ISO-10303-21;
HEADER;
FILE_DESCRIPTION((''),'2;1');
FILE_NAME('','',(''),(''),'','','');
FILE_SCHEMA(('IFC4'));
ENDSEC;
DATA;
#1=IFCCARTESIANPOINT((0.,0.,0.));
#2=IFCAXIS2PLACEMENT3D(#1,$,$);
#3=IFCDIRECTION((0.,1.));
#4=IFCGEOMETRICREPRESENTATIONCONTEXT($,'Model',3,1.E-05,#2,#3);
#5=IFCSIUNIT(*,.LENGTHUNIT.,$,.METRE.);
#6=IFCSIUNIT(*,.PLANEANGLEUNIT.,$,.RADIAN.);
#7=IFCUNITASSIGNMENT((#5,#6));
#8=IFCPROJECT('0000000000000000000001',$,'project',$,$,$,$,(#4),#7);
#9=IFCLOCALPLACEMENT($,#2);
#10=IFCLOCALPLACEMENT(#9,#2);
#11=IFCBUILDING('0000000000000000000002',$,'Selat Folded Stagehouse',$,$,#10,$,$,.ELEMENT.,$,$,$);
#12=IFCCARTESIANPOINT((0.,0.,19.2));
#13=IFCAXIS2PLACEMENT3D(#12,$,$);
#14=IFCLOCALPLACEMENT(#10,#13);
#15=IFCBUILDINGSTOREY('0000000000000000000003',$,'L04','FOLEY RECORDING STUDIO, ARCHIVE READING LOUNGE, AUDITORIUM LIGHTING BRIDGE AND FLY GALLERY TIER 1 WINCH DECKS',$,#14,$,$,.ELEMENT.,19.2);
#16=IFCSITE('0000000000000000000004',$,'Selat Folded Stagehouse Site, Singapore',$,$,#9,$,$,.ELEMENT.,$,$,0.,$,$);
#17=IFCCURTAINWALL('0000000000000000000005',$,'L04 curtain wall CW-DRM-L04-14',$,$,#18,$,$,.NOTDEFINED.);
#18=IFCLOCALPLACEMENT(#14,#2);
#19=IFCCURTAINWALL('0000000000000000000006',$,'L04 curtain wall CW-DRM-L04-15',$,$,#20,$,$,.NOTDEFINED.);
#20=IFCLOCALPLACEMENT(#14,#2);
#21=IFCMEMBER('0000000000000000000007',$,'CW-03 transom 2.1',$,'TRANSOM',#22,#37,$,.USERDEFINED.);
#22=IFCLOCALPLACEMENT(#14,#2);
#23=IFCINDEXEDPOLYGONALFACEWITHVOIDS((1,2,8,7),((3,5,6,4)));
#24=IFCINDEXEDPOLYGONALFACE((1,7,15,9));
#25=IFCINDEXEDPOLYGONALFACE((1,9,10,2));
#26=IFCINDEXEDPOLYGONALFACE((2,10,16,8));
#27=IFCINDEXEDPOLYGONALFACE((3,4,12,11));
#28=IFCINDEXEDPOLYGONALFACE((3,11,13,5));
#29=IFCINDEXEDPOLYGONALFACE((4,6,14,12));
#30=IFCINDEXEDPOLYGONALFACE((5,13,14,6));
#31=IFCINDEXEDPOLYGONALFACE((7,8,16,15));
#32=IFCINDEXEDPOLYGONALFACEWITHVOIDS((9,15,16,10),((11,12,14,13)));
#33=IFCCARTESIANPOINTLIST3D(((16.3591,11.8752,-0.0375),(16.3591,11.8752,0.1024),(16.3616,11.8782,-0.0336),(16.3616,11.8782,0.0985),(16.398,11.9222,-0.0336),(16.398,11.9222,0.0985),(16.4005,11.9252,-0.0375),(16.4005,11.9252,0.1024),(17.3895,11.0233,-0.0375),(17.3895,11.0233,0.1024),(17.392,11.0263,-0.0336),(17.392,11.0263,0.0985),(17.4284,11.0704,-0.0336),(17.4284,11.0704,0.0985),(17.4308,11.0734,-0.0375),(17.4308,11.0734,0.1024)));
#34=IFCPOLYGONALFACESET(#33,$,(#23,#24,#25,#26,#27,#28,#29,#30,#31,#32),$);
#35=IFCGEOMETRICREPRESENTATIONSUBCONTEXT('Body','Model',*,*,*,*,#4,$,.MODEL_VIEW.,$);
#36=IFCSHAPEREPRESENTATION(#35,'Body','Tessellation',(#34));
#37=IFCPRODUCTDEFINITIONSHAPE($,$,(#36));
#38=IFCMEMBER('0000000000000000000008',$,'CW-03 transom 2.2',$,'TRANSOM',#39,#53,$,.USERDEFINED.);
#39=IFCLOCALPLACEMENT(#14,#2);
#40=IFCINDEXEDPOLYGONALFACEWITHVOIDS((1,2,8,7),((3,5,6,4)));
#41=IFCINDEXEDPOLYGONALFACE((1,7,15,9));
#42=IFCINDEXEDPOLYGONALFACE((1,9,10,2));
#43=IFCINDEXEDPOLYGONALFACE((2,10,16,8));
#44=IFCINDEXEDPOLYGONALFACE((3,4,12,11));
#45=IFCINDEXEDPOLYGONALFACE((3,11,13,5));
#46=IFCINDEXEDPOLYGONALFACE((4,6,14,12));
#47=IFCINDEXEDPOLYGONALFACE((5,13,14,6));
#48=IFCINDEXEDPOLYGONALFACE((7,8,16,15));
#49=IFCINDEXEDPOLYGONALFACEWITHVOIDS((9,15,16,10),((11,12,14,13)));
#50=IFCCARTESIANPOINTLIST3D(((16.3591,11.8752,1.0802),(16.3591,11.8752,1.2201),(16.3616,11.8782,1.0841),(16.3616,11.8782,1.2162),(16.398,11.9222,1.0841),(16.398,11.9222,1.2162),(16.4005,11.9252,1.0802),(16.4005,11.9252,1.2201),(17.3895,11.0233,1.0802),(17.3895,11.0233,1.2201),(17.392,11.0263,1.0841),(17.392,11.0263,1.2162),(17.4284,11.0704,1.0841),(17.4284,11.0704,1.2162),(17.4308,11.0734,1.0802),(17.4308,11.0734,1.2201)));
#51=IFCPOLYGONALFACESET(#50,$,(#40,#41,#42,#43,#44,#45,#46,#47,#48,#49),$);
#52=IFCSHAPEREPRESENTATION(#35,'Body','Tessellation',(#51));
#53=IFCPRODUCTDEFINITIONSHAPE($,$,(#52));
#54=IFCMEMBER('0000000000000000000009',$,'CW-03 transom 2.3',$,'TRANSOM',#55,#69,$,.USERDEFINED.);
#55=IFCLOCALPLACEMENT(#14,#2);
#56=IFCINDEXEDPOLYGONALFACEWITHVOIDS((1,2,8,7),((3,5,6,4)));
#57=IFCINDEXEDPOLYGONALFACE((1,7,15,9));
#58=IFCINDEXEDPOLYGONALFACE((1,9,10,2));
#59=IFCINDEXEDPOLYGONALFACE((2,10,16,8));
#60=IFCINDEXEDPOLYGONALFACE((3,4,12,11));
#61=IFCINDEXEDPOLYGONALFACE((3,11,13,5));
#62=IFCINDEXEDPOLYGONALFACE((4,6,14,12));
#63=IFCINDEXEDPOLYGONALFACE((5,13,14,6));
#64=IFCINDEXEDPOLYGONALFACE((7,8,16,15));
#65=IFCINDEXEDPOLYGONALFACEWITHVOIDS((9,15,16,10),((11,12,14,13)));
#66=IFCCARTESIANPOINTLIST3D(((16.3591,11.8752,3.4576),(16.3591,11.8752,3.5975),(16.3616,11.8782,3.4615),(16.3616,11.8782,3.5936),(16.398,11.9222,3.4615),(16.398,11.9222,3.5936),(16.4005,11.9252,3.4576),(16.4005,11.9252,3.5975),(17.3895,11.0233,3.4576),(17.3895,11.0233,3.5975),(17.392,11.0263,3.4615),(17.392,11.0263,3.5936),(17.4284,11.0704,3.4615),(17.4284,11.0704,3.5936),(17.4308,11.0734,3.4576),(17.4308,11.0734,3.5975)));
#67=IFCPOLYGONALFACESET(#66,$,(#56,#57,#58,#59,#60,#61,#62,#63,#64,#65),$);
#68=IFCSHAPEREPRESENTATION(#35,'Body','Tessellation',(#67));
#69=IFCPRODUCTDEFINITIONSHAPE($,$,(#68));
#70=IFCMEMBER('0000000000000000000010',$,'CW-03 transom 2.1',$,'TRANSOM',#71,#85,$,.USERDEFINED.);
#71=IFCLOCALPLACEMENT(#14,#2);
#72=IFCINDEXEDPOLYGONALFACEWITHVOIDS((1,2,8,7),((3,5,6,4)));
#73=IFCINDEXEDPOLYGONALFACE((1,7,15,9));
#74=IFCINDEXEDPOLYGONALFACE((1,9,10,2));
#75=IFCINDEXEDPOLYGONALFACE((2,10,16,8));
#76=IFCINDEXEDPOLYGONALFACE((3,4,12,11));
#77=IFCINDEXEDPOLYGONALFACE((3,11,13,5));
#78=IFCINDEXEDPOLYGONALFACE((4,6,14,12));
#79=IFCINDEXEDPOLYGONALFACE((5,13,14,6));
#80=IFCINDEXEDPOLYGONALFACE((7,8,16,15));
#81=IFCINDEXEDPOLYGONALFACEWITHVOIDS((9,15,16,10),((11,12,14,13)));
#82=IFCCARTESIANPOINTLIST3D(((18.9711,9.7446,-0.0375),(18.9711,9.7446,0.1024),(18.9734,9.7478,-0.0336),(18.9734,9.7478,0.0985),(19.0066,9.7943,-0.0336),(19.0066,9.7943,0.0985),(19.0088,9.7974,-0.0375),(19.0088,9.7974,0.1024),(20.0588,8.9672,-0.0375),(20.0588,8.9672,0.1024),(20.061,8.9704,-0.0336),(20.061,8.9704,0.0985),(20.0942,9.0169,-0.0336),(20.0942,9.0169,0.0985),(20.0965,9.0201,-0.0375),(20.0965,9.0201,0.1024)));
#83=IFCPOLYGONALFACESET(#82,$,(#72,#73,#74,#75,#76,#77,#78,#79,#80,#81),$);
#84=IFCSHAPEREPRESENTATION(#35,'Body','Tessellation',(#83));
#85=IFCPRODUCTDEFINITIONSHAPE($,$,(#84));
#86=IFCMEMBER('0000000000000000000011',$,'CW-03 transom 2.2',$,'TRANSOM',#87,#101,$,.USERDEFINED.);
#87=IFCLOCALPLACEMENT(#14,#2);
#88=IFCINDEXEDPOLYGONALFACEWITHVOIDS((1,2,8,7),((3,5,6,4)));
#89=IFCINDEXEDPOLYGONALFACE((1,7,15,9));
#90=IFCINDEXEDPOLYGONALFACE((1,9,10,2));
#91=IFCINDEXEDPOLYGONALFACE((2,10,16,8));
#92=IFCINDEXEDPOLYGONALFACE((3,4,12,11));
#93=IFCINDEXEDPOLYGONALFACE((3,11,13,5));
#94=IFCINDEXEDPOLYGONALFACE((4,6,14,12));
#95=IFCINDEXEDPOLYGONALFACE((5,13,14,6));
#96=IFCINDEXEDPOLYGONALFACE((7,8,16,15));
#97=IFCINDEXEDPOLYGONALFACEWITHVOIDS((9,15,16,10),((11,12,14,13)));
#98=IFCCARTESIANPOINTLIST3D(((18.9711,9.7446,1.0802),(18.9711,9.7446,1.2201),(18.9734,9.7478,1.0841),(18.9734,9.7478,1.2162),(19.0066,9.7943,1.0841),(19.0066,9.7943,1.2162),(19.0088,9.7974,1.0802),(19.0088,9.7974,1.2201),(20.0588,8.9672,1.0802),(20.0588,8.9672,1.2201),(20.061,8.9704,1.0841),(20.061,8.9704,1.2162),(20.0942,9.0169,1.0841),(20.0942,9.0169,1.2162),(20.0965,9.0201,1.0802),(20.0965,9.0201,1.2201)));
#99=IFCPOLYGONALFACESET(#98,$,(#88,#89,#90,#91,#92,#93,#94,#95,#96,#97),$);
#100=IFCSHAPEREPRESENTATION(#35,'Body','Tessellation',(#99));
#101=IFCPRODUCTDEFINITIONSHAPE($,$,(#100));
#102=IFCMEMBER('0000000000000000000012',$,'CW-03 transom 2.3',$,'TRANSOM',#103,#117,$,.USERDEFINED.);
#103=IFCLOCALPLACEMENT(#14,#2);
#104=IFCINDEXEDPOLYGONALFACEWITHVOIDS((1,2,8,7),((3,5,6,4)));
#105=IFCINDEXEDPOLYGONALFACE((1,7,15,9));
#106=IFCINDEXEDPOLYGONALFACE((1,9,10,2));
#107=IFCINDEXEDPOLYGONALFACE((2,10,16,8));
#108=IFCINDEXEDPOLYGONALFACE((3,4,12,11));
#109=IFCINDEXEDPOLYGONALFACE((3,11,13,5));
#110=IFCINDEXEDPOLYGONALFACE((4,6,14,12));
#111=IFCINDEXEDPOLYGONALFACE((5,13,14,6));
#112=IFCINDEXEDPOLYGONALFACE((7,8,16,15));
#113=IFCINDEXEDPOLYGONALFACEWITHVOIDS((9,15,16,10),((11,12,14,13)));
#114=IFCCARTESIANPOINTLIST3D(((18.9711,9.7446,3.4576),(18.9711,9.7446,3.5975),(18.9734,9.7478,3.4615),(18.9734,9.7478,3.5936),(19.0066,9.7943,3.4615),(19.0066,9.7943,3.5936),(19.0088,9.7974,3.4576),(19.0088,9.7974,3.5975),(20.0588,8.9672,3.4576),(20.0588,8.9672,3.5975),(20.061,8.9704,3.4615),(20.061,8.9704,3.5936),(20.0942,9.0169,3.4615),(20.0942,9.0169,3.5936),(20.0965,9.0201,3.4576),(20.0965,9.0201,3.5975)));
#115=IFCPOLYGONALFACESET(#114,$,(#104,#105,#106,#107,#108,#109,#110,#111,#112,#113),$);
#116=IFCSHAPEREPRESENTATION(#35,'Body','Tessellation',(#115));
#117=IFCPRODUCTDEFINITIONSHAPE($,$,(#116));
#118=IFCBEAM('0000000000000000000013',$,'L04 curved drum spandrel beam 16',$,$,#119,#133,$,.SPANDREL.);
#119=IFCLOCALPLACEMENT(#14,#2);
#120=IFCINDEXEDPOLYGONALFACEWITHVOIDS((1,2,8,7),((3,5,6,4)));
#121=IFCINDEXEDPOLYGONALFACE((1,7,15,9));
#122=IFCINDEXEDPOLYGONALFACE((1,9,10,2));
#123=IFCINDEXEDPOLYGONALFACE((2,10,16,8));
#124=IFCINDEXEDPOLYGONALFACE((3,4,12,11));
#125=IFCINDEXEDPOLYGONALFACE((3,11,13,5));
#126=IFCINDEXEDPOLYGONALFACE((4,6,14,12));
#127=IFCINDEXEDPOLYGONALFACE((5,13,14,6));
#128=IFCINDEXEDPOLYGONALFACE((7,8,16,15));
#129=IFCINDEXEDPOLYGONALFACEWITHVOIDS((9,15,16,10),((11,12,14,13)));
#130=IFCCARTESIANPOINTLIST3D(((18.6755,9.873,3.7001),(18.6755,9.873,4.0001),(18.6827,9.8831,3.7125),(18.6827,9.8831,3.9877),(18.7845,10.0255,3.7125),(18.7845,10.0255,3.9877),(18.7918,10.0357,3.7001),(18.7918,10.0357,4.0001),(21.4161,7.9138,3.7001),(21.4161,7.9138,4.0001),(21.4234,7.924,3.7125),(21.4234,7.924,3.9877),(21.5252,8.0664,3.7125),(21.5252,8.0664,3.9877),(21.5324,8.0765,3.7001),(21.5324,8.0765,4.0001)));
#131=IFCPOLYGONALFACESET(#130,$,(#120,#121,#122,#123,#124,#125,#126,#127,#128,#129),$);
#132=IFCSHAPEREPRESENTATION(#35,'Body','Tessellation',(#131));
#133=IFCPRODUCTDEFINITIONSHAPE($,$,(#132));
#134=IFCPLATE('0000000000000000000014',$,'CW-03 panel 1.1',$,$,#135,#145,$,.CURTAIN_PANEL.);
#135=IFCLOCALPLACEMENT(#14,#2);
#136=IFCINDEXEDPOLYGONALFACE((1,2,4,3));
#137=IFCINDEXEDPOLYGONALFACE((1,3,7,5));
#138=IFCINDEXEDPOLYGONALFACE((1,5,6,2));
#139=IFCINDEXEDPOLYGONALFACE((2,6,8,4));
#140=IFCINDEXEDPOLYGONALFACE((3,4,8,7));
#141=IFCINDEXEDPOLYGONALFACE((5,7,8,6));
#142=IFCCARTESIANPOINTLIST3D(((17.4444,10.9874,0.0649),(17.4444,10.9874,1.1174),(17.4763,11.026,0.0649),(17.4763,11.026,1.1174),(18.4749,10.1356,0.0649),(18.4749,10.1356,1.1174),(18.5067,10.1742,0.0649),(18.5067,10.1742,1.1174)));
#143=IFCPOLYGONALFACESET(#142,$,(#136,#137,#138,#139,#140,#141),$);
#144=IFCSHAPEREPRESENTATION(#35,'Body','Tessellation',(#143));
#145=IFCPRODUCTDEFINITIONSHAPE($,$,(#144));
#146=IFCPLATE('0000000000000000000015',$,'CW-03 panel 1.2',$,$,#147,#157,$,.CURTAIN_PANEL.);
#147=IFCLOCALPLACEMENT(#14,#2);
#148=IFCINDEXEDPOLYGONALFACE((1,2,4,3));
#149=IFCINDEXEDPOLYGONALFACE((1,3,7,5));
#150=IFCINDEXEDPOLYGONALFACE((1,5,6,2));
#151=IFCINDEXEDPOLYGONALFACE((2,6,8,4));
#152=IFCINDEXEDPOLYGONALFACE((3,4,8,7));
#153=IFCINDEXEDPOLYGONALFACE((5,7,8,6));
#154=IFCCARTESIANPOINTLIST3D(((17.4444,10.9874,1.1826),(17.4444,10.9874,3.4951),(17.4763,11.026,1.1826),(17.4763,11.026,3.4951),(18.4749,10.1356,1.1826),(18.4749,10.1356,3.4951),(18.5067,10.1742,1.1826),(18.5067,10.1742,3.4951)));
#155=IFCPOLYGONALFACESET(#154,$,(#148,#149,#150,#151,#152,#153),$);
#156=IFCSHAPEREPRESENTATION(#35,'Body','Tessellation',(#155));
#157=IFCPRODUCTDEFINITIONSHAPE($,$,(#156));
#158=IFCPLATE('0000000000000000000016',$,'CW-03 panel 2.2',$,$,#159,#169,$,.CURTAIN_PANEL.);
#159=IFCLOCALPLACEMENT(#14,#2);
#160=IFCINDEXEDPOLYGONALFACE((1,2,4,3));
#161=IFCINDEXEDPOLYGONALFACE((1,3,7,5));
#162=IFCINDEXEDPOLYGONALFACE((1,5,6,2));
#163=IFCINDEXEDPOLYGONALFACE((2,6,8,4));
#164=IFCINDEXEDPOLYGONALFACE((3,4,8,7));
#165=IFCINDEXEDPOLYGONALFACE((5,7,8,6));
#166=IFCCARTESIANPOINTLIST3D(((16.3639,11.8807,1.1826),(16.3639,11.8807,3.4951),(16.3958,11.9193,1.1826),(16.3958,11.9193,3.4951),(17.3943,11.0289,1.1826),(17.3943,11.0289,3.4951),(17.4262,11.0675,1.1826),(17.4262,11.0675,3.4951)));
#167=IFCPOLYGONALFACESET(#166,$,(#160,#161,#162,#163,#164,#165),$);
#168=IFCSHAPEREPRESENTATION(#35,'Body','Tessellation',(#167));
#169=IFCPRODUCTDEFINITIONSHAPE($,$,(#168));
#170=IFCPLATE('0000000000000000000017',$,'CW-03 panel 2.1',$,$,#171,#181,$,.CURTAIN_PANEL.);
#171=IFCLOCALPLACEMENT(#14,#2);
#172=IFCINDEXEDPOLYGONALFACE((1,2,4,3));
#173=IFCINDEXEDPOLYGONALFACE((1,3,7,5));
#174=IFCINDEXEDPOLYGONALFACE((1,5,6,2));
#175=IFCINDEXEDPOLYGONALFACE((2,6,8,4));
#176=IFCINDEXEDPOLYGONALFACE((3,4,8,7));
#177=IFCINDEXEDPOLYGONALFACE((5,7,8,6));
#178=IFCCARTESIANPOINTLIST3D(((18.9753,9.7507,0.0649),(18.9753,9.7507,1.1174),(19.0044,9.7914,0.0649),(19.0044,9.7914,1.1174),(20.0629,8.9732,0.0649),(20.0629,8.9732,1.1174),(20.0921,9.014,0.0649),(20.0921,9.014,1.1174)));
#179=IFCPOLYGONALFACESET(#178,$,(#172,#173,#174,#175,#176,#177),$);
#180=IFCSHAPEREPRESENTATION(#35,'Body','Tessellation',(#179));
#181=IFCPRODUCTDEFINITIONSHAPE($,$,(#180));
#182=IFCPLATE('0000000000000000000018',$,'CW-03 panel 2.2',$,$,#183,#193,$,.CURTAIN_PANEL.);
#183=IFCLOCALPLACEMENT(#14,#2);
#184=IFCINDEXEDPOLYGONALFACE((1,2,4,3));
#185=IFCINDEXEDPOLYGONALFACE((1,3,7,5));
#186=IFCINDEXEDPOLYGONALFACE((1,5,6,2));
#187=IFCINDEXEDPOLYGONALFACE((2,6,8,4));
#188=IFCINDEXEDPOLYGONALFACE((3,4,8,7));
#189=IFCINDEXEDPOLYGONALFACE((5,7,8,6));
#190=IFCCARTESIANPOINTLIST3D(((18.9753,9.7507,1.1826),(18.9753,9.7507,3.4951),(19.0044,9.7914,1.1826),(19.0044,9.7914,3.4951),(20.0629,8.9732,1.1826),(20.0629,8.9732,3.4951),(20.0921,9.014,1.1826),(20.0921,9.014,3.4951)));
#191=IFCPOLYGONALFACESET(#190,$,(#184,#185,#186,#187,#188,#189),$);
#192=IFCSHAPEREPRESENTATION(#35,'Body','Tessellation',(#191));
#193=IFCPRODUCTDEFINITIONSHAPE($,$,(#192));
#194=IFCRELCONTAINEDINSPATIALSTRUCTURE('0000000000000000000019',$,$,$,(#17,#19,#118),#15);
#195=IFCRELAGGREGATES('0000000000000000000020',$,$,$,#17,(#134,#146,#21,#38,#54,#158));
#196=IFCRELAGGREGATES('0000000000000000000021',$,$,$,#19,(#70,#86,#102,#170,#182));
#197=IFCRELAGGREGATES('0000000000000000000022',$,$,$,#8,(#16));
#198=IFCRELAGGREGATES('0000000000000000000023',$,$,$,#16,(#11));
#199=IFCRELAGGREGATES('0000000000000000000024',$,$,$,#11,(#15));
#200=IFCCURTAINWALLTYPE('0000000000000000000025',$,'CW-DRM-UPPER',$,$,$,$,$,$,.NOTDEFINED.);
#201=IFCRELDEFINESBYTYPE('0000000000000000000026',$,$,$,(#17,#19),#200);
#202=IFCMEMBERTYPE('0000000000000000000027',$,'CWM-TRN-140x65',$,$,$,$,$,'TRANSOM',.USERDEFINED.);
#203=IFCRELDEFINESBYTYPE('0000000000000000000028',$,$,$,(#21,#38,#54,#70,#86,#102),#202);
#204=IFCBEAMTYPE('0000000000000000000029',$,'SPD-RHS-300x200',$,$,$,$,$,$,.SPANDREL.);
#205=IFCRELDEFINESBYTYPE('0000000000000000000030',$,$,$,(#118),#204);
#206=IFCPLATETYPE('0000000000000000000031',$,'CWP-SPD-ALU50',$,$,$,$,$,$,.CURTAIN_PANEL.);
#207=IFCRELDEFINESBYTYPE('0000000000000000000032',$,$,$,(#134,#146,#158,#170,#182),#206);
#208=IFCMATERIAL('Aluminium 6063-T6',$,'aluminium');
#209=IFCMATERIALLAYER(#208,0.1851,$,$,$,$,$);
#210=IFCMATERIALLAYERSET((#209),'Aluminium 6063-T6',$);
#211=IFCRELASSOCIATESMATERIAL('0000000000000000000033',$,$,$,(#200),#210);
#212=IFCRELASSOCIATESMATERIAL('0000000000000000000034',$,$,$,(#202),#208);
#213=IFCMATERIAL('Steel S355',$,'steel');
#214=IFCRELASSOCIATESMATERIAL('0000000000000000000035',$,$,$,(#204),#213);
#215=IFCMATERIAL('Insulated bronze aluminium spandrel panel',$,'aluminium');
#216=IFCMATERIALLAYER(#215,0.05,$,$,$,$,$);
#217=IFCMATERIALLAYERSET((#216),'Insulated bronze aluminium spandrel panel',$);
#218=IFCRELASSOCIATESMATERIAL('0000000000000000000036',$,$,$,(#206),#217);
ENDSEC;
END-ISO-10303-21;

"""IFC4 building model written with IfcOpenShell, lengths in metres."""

from ifc_helpers import new_model, si_unit, direction, frame, origin, origin_2d, place, context, subcontext, project, spatial, rectangle, hollow_rectangle, extrude, material, layer, layer_set, material_profile, profile_set, type_object, element, aggregate, save


model = new_model("IFC4")

# Units and contexts
model_context = context("Model", 3, precision=1e-05, world=origin(), true_north=direction((0.0, 1.0)))
body_context = subcontext(model_context, "Body", "Model", "MODEL_VIEW")
ifc_project = project(units=[si_unit("LENGTHUNIT", "METRE"), si_unit("PLANEANGLEUNIT", "RADIAN")], contexts=[model_context])

# Site, building, storey
site_placement = place(None, origin())
site = spatial("IfcSite", under=ifc_project, at=site_placement, Name="Selat Folded Stagehouse Site, Singapore", CompositionType="ELEMENT", RefElevation=0.0)
building_placement = place(site_placement, origin())
building = spatial("IfcBuilding", under=site, at=building_placement, Name="Selat Folded Stagehouse", CompositionType="ELEMENT")
storey_placement = place(building_placement, frame((0.0, 0.0, 19.2)))
storey = spatial("IfcBuildingStorey", under=building, at=storey_placement, Name="L04", Description="FOLEY RECORDING STUDIO, ARCHIVE READING LOUNGE, AUDITORIUM LIGHTING BRIDGE AND FLY GALLERY TIER 1 WINCH DECKS", CompositionType="ELEMENT", Elevation=19.2)

# Shared definitions
ifc_material_1 = material(Name="Steel S355", Category="steel")

# Curtain walls
ifc_material_2 = material(Name="Aluminium 6063-T6", Category="aluminium")
ifc_layer_1 = layer(ifc_material_2, 0.1851)
ifc_layer_set_1 = layer_set([ifc_layer_1], Name="Aluminium 6063-T6")
curtain_wall_type = type_object("IfcCurtainWallType", Name="CW-DRM-UPPER", PredefinedType="NOTDEFINED", material=ifc_layer_set_1)
curtain_wall_1_placement = place(storey_placement, origin())
curtain_wall_1 = element("IfcCurtainWall", 1, at=curtain_wall_1_placement, inside=storey, type_object=curtain_wall_type, Name="L04 curtain wall CW-DRM-L04-14", PredefinedType="NOTDEFINED")
curtain_wall_2_placement = place(storey_placement, origin())
curtain_wall_2 = element("IfcCurtainWall", 2, at=curtain_wall_2_placement, inside=storey, type_object=curtain_wall_type, Name="L04 curtain wall CW-DRM-L04-15", PredefinedType="NOTDEFINED")

# Members
ifc_material_profile_1 = material_profile(ifc_material_2, hollow_rectangle(XDim=0.0649, YDim=0.1399, WallThickness=0.0039, at=origin_2d()), Name="ALU 140x65x4.0")
ifc_profile_set_1 = profile_set([ifc_material_profile_1], Name="Aluminium 6063-T6")
member_type_1 = type_object("IfcMemberType", Name="CWM-TRN-140x65", ElementType="TRANSOM", PredefinedType="USERDEFINED", material=ifc_profile_set_1)
member_1_placement = place(storey_placement, frame((17.4102, 11.0483, 0.0325), z_axis=(-0.7707, 0.637198, 0.0), x_axis=(-0.637198, -0.7707, 0.0)))
member_1 = element("IfcMember", 3, at=member_1_placement, type_object=member_type_1, Name="CW-03 transom 2.1", ObjectType="TRANSOM", PredefinedType="USERDEFINED", context=body_context, shape_type="SweptSolid", body=[
    extrude(hollow_rectangle(XDim=0.0649, YDim=0.1399, WallThickness=0.0039, at=origin_2d()), origin(), (0.0, 0.0, 1.0), 1.3369),
])
member_2_placement = place(storey_placement, frame((17.4102, 11.0483, 1.1501), z_axis=(-0.7707, 0.637198, 0.0), x_axis=(-0.637198, -0.7707, 0.0)))
member_2 = element("IfcMember", 4, at=member_2_placement, type_object=member_type_1, Name="CW-03 transom 2.2", ObjectType="TRANSOM", PredefinedType="USERDEFINED", context=body_context, shape_type="SweptSolid", body=[
    extrude(hollow_rectangle(XDim=0.0649, YDim=0.1399, WallThickness=0.0039, at=origin_2d()), origin(), (0.0, 0.0, 1.0), 1.3369),
])
member_3_placement = place(storey_placement, frame((17.4102, 11.0483, 3.5276), z_axis=(-0.7707, 0.637198, 0.0), x_axis=(-0.637198, -0.7707, 0.0)))
member_3 = element("IfcMember", 5, at=member_3_placement, type_object=member_type_1, Name="CW-03 transom 2.3", ObjectType="TRANSOM", PredefinedType="USERDEFINED", context=body_context, shape_type="SweptSolid", body=[
    extrude(hollow_rectangle(XDim=0.0649, YDim=0.1399, WallThickness=0.0039, at=origin_2d()), origin(), (0.0, 0.0, 1.0), 1.3369),
])
member_4_placement = place(storey_placement, frame((20.0776, 8.9937, 0.0325), z_axis=(-0.813573, 0.581463, 0.0), x_axis=(-0.581463, -0.813573, 0.0)))
member_4 = element("IfcMember", 6, at=member_4_placement, type_object=member_type_1, Name="CW-03 transom 2.1", ObjectType="TRANSOM", PredefinedType="USERDEFINED", context=body_context, shape_type="SweptSolid", body=[
    extrude(hollow_rectangle(XDim=0.0649, YDim=0.1399, WallThickness=0.0039, at=origin_2d()), origin(), (0.0, 0.0, 1.0), 1.3369),
])
member_5_placement = place(storey_placement, frame((20.0776, 8.9937, 1.1501), z_axis=(-0.813573, 0.581463, 0.0), x_axis=(-0.581463, -0.813573, 0.0)))
member_5 = element("IfcMember", 7, at=member_5_placement, type_object=member_type_1, Name="CW-03 transom 2.2", ObjectType="TRANSOM", PredefinedType="USERDEFINED", context=body_context, shape_type="SweptSolid", body=[
    extrude(hollow_rectangle(XDim=0.0649, YDim=0.1399, WallThickness=0.0039, at=origin_2d()), origin(), (0.0, 0.0, 1.0), 1.3369),
])
member_6_placement = place(storey_placement, frame((20.0776, 8.9937, 3.5276), z_axis=(-0.813573, 0.581463, 0.0), x_axis=(-0.581463, -0.813573, 0.0)))
member_6 = element("IfcMember", 8, at=member_6_placement, type_object=member_type_1, Name="CW-03 transom 2.3", ObjectType="TRANSOM", PredefinedType="USERDEFINED", context=body_context, shape_type="SweptSolid", body=[
    extrude(hollow_rectangle(XDim=0.0649, YDim=0.1399, WallThickness=0.0039, at=origin_2d()), origin(), (0.0, 0.0, 1.0), 1.3369),
])

# Beam
ifc_material_profile_2 = material_profile(ifc_material_1, hollow_rectangle(XDim=0.2, YDim=0.3, WallThickness=0.0125, at=origin_2d()), Name="RHS 300x200x12.5")
ifc_profile_set_2 = profile_set([ifc_material_profile_2], Name="Steel S355")
beam_type = type_object("IfcBeamType", Name="SPD-RHS-300x200", PredefinedType="SPANDREL", material=ifc_profile_set_2)
beam_placement = place(storey_placement, frame((18.7336, 9.9543, 3.8501), z_axis=(0.813513, -0.581547, 0.0), x_axis=(0.581547, 0.813513, 0.0)))
element("IfcBeam", 9, at=beam_placement, inside=storey, type_object=beam_type, Name="L04 curved drum spandrel beam 16", PredefinedType="SPANDREL", context=body_context, shape_type="SweptSolid", body=[
    extrude(hollow_rectangle(XDim=0.2, YDim=0.3, WallThickness=0.0125, at=origin_2d()), origin(), (0.0, 0.0, 1.0), 3.3689),
])

# Plates
ifc_material_3 = material(Name="Insulated bronze aluminium spandrel panel", Category="aluminium")
ifc_layer_2 = layer(ifc_material_3, 0.05)
ifc_layer_set_2 = layer_set([ifc_layer_2], Name="Insulated bronze aluminium spandrel panel")
plate_type = type_object("IfcPlateType", Name="CWP-SPD-ALU50", PredefinedType="CURTAIN_PANEL", material=ifc_layer_set_2)
plate_1_placement = place(storey_placement, frame((17.9756, 10.5808, 0.0649), z_axis=(0.0, 0.0, 1.0), x_axis=(-0.770747, 0.637142, 0.0)))
plate_1 = element("IfcPlate", 10, at=plate_1_placement, type_object=plate_type, Name="CW-03 panel 1.1", PredefinedType="CURTAIN_PANEL", context=body_context, shape_type="SweptSolid", body=[
    extrude(rectangle(XDim=1.3369, YDim=0.05, at=origin_2d()), origin(), (0.0, 0.0, 1.0), 1.0525),
])
plate_2_placement = place(storey_placement, frame((17.9756, 10.5808, 1.1826), z_axis=(0.0, 0.0, 1.0), x_axis=(-0.770747, 0.637142, 0.0)))
plate_2 = element("IfcPlate", 11, at=plate_2_placement, type_object=plate_type, Name="CW-03 panel 1.2", PredefinedType="CURTAIN_PANEL", context=body_context, shape_type="SweptSolid", body=[
    extrude(rectangle(XDim=1.3369, YDim=0.05, at=origin_2d()), origin(), (0.0, 0.0, 1.0), 2.3125),
])
plate_3_placement = place(storey_placement, frame((16.895, 11.4741, 1.1826), z_axis=(0.0, 0.0, 1.0), x_axis=(-0.770747, 0.637142, 0.0)))
plate_3 = element("IfcPlate", 12, at=plate_3_placement, type_object=plate_type, Name="CW-03 panel 2.2", PredefinedType="CURTAIN_PANEL", context=body_context, shape_type="SweptSolid", body=[
    extrude(rectangle(XDim=1.3369, YDim=0.05, at=origin_2d()), origin(), (0.0, 0.0, 1.0), 2.3125),
])
aggregate(curtain_wall_1, [plate_1, plate_2, member_1, member_2, member_3, plate_3])
plate_4_placement = place(storey_placement, frame((19.5337, 9.3823, 0.0649), z_axis=(0.0, 0.0, 1.0), x_axis=(-0.813526, 0.581528, 0.0)))
plate_4 = element("IfcPlate", 13, at=plate_4_placement, type_object=plate_type, Name="CW-03 panel 2.1", PredefinedType="CURTAIN_PANEL", context=body_context, shape_type="SweptSolid", body=[
    extrude(rectangle(XDim=1.3369, YDim=0.05, at=origin_2d()), origin(), (0.0, 0.0, 1.0), 1.0525),
])
plate_5_placement = place(storey_placement, frame((19.5337, 9.3823, 1.1826), z_axis=(0.0, 0.0, 1.0), x_axis=(-0.813526, 0.581528, 0.0)))
plate_5 = element("IfcPlate", 14, at=plate_5_placement, type_object=plate_type, Name="CW-03 panel 2.2", PredefinedType="CURTAIN_PANEL", context=body_context, shape_type="SweptSolid", body=[
    extrude(rectangle(XDim=1.3369, YDim=0.05, at=origin_2d()), origin(), (0.0, 0.0, 1.0), 2.3125),
])
aggregate(curtain_wall_2, [member_4, member_5, member_6, plate_4, plate_5])

save(model, "model.ifc")
